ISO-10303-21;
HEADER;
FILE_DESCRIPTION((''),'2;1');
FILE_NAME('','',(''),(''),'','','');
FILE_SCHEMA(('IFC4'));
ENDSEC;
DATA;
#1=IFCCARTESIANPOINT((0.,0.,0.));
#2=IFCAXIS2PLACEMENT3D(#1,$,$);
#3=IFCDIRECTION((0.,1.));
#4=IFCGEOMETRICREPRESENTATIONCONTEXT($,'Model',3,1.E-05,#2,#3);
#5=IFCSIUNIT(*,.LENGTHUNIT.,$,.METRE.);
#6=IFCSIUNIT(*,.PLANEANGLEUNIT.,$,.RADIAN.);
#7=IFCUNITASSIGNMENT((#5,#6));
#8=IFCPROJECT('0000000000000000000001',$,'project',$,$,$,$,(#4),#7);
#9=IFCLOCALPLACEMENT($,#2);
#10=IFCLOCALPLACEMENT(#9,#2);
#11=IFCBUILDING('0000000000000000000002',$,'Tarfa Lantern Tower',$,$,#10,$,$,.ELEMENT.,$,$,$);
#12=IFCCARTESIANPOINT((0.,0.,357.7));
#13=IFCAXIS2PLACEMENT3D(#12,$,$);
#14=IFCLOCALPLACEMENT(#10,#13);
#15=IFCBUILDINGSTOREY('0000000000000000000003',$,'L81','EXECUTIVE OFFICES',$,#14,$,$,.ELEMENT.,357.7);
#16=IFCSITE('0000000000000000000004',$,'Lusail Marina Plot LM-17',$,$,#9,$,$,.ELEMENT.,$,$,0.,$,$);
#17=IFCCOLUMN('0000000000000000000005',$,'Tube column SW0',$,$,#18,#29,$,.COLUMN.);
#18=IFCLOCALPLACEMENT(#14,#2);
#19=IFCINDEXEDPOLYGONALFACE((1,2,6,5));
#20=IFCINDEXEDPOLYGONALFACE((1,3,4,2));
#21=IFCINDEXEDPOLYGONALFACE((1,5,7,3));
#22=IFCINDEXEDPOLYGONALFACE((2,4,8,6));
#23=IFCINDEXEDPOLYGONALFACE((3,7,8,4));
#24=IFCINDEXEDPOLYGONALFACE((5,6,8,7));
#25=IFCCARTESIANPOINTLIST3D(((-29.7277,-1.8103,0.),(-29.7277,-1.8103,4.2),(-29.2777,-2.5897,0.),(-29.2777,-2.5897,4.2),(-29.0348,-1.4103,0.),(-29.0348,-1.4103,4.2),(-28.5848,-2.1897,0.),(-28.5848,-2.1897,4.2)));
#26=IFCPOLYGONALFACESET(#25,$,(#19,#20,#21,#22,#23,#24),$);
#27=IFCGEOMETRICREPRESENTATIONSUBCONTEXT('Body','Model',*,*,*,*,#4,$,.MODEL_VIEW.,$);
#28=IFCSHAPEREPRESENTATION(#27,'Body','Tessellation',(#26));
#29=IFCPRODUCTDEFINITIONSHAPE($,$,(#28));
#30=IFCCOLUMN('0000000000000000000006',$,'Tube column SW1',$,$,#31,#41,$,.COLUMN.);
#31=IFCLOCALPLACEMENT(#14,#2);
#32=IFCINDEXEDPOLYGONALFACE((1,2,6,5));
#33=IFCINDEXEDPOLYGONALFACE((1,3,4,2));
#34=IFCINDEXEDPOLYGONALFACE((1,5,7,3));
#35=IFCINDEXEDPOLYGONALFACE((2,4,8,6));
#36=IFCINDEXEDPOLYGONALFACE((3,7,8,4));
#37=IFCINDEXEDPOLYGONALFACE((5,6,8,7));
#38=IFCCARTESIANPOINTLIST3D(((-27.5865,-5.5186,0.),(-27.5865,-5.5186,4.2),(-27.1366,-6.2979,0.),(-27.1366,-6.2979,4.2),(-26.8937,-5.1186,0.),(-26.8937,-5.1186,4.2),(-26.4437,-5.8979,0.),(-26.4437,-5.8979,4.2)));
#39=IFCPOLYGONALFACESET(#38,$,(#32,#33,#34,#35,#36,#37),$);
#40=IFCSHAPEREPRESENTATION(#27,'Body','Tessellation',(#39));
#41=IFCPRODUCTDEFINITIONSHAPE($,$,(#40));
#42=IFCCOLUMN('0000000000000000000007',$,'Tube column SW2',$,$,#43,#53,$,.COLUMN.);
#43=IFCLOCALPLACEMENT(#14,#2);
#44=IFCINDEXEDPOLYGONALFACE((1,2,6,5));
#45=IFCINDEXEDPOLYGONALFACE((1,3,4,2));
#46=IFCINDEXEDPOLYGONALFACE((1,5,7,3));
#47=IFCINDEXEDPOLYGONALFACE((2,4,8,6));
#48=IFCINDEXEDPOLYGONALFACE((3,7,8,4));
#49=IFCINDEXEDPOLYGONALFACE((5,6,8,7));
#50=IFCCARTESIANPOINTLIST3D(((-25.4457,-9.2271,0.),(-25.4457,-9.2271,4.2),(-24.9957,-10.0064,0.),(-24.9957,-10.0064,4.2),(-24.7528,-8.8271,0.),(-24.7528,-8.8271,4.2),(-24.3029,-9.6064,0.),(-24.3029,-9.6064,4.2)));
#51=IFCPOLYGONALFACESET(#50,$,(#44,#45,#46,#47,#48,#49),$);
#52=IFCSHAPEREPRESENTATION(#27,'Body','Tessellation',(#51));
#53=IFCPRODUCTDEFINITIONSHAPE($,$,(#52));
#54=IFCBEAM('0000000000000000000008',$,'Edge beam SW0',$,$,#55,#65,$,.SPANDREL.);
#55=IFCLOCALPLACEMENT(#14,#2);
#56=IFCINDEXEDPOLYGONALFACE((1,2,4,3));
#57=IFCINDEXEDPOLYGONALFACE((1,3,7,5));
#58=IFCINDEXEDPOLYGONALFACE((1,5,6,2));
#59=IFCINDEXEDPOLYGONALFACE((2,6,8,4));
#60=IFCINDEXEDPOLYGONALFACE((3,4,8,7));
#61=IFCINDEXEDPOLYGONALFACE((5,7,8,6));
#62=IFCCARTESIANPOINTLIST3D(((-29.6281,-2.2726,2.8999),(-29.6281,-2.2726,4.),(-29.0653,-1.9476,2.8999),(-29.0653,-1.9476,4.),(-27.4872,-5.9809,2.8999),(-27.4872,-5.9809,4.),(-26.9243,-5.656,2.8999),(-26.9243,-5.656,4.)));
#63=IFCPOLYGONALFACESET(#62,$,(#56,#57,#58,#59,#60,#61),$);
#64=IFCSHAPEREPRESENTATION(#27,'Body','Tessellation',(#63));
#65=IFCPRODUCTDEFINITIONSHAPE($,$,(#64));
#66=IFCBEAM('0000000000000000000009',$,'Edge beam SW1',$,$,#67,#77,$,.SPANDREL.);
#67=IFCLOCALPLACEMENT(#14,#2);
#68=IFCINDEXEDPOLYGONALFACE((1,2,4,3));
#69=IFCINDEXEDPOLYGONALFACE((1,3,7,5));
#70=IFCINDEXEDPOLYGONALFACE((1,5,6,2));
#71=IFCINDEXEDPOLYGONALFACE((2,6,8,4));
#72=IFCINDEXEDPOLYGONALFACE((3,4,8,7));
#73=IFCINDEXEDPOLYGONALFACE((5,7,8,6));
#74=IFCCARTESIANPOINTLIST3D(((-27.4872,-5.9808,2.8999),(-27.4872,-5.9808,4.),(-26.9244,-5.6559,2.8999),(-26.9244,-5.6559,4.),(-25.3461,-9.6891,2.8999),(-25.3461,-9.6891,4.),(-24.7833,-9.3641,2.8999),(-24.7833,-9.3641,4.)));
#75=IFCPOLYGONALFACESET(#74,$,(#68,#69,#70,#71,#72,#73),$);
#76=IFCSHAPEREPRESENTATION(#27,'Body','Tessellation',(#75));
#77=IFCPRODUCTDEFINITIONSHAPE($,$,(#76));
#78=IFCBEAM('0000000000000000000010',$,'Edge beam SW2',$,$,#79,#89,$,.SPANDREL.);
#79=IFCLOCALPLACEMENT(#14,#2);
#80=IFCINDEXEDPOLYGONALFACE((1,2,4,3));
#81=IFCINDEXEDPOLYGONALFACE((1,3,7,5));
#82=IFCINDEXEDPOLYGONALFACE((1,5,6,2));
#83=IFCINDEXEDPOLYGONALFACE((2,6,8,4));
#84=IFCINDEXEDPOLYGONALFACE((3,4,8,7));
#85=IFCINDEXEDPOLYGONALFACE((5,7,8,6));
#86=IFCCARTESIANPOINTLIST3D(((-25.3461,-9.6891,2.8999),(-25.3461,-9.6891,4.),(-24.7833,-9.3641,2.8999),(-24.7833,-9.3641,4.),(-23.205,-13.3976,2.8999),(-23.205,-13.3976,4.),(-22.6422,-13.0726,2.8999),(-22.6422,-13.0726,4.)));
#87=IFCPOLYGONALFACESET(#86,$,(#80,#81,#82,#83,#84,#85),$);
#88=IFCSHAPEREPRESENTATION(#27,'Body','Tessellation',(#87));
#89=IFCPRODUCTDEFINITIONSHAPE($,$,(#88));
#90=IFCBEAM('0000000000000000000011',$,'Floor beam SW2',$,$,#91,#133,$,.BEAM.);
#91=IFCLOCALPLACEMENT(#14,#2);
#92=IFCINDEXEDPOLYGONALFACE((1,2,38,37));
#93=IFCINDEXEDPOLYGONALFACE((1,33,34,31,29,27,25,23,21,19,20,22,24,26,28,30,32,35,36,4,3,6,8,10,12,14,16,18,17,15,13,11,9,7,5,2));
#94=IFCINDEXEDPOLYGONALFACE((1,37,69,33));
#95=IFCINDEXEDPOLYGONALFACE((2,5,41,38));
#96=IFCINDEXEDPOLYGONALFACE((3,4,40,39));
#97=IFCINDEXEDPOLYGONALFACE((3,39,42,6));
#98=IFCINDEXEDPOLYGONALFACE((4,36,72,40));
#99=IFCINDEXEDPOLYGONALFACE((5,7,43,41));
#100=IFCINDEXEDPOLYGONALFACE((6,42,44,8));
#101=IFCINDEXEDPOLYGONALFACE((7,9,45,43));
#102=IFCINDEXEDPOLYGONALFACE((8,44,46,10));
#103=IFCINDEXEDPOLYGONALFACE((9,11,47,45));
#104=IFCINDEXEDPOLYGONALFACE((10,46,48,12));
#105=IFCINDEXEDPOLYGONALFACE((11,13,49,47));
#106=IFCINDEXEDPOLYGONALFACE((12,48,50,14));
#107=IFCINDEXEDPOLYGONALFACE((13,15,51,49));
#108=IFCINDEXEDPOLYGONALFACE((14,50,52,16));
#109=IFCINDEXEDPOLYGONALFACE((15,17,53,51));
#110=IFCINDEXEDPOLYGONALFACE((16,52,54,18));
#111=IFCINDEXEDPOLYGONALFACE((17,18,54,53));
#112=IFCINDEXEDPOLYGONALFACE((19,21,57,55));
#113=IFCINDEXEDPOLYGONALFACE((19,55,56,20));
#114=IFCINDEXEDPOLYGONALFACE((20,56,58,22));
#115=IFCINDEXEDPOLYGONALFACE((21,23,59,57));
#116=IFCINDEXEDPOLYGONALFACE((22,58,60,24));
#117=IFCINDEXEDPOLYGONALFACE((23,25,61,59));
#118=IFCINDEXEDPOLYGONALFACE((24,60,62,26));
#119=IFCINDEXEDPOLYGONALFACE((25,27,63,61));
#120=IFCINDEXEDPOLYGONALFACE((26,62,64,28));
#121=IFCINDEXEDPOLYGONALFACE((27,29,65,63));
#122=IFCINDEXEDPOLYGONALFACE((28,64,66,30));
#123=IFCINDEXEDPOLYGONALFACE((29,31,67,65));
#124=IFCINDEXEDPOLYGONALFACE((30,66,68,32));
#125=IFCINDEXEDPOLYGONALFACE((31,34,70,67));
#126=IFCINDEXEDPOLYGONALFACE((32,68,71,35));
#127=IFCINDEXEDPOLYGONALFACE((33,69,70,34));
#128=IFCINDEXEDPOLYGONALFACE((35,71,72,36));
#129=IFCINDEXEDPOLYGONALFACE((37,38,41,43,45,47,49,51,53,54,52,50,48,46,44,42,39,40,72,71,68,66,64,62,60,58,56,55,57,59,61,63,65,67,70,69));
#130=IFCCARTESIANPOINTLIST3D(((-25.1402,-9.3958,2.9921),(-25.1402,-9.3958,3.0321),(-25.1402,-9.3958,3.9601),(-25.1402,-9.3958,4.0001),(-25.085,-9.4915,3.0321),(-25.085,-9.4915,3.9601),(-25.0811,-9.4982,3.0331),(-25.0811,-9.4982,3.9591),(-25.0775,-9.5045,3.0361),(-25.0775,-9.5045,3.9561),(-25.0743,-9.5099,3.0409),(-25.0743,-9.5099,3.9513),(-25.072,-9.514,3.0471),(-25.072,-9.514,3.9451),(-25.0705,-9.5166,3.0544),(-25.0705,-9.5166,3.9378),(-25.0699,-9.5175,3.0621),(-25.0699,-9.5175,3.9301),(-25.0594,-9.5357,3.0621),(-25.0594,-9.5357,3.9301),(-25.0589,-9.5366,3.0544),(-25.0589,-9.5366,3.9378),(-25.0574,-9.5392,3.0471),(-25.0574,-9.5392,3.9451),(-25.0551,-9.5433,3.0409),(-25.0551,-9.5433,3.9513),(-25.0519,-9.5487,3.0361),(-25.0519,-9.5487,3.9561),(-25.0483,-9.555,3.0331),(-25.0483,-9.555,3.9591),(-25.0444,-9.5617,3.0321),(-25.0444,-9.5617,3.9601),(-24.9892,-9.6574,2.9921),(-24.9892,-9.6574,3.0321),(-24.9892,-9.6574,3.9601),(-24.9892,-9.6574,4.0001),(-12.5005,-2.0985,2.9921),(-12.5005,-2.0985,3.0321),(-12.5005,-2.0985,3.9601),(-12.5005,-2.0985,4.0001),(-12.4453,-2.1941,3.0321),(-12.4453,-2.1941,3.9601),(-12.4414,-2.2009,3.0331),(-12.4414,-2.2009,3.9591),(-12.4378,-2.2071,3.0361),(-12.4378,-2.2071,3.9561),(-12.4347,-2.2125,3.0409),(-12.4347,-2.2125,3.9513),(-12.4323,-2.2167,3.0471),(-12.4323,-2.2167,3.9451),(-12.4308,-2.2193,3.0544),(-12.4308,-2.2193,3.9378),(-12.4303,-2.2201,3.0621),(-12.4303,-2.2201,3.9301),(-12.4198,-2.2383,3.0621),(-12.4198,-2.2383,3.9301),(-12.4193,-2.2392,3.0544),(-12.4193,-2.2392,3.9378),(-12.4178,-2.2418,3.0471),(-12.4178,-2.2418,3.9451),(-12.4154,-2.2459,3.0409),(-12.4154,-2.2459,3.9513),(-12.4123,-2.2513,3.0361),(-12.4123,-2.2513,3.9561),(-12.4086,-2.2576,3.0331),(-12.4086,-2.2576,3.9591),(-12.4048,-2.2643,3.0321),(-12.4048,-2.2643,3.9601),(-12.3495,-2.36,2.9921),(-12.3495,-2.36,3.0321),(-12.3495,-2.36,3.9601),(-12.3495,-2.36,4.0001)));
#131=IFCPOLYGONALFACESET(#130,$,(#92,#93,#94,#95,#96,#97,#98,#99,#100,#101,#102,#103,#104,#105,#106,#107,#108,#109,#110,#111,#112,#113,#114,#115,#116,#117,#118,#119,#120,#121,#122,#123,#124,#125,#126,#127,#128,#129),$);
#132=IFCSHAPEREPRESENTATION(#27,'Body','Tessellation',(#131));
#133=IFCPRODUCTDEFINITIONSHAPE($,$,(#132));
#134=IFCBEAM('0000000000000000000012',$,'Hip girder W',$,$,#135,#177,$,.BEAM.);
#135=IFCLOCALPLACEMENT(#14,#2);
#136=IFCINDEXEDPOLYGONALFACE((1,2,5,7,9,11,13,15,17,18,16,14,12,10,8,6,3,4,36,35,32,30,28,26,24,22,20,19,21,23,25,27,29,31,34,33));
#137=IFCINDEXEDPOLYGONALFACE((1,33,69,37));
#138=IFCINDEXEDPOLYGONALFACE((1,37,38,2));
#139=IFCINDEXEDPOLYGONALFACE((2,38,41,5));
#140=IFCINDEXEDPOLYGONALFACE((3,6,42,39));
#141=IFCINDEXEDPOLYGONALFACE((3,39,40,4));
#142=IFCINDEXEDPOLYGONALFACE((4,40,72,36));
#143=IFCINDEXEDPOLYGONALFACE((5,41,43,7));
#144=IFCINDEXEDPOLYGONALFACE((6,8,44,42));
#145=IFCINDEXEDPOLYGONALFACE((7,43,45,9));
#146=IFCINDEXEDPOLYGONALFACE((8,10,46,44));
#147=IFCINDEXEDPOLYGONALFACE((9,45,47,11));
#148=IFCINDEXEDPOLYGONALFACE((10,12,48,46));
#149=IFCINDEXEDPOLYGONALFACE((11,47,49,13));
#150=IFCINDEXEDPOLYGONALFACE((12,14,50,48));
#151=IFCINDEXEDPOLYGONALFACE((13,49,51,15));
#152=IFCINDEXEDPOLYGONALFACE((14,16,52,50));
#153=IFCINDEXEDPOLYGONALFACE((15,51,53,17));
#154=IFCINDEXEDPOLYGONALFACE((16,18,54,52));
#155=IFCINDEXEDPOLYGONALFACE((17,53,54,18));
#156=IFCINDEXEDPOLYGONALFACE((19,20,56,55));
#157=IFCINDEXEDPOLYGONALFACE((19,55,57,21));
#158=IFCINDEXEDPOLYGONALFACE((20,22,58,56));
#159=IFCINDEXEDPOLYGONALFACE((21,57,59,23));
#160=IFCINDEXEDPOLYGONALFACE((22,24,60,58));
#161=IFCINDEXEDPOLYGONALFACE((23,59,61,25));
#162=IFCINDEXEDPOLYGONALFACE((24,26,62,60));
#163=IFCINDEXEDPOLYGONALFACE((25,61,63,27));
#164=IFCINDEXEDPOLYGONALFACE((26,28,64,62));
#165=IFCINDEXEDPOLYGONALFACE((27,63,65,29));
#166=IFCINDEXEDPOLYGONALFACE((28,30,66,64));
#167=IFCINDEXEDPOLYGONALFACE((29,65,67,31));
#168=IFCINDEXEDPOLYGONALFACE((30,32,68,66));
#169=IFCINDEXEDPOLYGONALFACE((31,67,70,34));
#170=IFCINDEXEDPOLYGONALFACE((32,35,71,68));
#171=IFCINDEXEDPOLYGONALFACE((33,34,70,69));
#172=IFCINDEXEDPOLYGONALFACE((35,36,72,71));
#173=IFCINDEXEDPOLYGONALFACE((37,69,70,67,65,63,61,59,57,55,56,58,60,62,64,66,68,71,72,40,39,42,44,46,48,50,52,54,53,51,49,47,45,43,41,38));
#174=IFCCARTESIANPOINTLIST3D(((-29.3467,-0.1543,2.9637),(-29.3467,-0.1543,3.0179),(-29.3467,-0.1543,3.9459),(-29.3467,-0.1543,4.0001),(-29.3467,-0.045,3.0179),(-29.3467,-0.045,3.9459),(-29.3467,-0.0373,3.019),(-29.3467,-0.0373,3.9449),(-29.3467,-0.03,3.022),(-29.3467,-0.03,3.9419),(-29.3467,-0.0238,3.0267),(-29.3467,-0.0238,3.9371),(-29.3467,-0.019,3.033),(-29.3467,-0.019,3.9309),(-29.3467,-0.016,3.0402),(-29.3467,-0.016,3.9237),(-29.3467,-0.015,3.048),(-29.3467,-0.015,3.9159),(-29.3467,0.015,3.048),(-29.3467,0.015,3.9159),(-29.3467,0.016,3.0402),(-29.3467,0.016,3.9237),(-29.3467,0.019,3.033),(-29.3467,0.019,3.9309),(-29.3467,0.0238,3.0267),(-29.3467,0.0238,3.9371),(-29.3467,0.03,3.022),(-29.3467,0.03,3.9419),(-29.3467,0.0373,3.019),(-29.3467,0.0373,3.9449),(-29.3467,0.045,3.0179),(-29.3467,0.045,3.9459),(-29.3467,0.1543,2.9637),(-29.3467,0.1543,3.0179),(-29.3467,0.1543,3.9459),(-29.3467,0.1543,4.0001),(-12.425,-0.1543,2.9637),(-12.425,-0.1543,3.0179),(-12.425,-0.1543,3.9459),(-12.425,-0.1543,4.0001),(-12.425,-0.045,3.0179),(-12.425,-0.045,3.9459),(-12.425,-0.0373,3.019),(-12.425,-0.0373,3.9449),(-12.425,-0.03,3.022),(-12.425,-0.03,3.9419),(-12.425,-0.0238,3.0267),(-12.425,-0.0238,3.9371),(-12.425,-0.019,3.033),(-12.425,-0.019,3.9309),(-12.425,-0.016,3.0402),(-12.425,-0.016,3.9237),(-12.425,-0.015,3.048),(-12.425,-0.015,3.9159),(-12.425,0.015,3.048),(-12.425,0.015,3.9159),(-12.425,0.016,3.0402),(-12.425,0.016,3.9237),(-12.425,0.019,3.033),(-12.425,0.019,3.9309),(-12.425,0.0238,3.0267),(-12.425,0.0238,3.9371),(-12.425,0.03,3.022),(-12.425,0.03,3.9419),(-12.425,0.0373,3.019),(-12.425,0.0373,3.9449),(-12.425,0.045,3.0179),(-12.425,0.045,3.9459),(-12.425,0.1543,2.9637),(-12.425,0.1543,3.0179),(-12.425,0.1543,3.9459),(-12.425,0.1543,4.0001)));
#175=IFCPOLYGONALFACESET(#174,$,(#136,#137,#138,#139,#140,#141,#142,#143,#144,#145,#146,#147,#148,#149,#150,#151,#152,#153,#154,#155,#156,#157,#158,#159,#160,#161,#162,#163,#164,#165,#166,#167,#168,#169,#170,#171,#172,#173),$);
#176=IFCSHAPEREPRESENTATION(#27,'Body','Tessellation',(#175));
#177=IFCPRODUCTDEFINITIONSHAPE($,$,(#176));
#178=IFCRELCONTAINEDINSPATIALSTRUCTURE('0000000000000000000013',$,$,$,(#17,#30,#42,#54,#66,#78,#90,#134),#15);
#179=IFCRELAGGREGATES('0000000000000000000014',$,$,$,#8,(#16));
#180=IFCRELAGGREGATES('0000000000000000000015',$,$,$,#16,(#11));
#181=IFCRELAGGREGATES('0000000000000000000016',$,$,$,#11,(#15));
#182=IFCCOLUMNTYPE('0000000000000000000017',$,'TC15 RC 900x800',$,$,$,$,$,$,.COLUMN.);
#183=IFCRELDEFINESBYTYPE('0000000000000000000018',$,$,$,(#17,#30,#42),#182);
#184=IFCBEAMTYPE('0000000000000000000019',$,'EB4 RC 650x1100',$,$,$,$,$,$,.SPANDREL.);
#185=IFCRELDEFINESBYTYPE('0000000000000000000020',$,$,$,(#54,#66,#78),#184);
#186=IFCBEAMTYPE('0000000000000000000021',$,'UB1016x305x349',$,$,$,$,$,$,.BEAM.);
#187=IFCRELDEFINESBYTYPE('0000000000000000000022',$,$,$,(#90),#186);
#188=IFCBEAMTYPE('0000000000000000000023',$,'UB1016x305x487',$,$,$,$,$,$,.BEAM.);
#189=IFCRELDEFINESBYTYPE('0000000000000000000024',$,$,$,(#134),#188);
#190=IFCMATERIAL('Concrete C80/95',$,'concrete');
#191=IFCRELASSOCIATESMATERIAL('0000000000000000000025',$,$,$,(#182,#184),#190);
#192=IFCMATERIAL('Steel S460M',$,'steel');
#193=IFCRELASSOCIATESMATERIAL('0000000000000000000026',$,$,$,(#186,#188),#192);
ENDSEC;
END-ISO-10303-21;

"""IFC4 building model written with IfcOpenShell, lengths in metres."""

from ifc_helpers import new_model, si_unit, direction, frame, origin, origin_2d, place, context, subcontext, project, spatial, rectangle, i_section, extrude, material, material_profile, profile_set, type_object, element, save


model = new_model("IFC4")

# Units and contexts
model_context = context("Model", 3, precision=1e-05, world=origin(), true_north=direction((0.0, 1.0)))
body_context = subcontext(model_context, "Body", "Model", "MODEL_VIEW")
ifc_project = project(units=[si_unit("LENGTHUNIT", "METRE"), si_unit("PLANEANGLEUNIT", "RADIAN")], contexts=[model_context])

# Site, building, storey
site_placement = place(None, origin())
site = spatial("IfcSite", under=ifc_project, at=site_placement, Name="Lusail Marina Plot LM-17", CompositionType="ELEMENT", RefElevation=0.0)
building_placement = place(site_placement, origin())
building = spatial("IfcBuilding", under=site, at=building_placement, Name="Tarfa Lantern Tower", CompositionType="ELEMENT")
storey_placement = place(building_placement, frame((0.0, 0.0, 357.7)))
storey = spatial("IfcBuildingStorey", under=building, at=storey_placement, Name="L81", Description="EXECUTIVE OFFICES", CompositionType="ELEMENT", Elevation=357.7)

# Columns
ifc_material_1 = material(Name="Concrete C80/95", Category="concrete")
ifc_material_profile_1 = material_profile(ifc_material_1, rectangle(XDim=0.8999, YDim=0.8, at=origin_2d()), Name="RC 900x800")
ifc_profile_set_1 = profile_set([ifc_material_profile_1], Name="Concrete C80/95")
column_type = type_object("IfcColumnType", Name="TC15 RC 900x800", PredefinedType="COLUMN", material=ifc_profile_set_1)
for number, where, z_axis, x_axis, name in (
    (1, (-29.1562, -2.0, 0.0), (0.0, 0.0, 1.0), (0.5, -0.866025, 0.0), "Tube column SW0"),
    (2, (-27.0151, -5.7083, 0.0), (0.0, 0.0, 1.0), (0.5, -0.866025, 0.0), "Tube column SW1"),
    (3, (-24.8743, -9.4167, 0.0), (0.0, 0.0, 1.0), (0.5, -0.866025, 0.0), "Tube column SW2"),
):
    element("IfcColumn", number, at=place(storey_placement, frame(where, z_axis=z_axis, x_axis=x_axis)), inside=storey, type_object=column_type, Name=name, PredefinedType="COLUMN", context=body_context, shape_type="SweptSolid", body=[
        extrude(rectangle(XDim=0.8999, YDim=0.8, at=origin_2d()), origin(), (0.0, 0.0, 1.0), 4.2),
    ])

# Beams
ifc_material_profile_2 = material_profile(ifc_material_1, rectangle(XDim=0.6499, YDim=1.1001, at=origin_2d()), Name="RC 650x1100")
ifc_profile_set_2 = profile_set([ifc_material_profile_2], Name="Concrete C80/95")
beam_type_1 = type_object("IfcBeamType", Name="EB4 RC 650x1100", PredefinedType="SPANDREL", material=ifc_profile_set_2)
for number, where, z_axis, x_axis, name in (
    (4, (-29.3467, -2.1101, 3.45), (0.499984, -0.866035, 0.0), (0.866035, 0.499984, 0.0), "Edge beam SW0"),
    (5, (-27.2058, -5.8184, 3.45), (0.500027, -0.86601, 0.0), (0.86601, 0.500027, 0.0), "Edge beam SW1"),
):
    element("IfcBeam", number, at=place(storey_placement, frame(where, z_axis=z_axis, x_axis=x_axis)), inside=storey, type_object=beam_type_1, Name=name, PredefinedType="SPANDREL", context=body_context, shape_type="SweptSolid", body=[
        extrude(rectangle(XDim=0.6499, YDim=1.1001, at=origin_2d()), origin(), (0.0, 0.0, 1.0), 4.282),
    ])
beam_1_placement = place(storey_placement, frame((-25.0647, -9.5266, 3.45), z_axis=(0.500002, -0.866024, 0.0), x_axis=(0.866024, 0.500002, 0.0)))
element("IfcBeam", 6, at=beam_1_placement, inside=storey, type_object=beam_type_1, Name="Edge beam SW2", PredefinedType="SPANDREL", context=body_context, shape_type="SweptSolid", body=[
    extrude(rectangle(XDim=0.6499, YDim=1.1001, at=origin_2d()), origin(), (0.0, 0.0, 1.0), 4.2822),
])
ifc_material_2 = material(Name="Steel S460M", Category="steel")
ifc_material_profile_3 = material_profile(ifc_material_2, i_section(OverallWidth=0.302, OverallDepth=1.0081, WebThickness=0.021, FlangeThickness=0.04, FilletRadius=0.03, at=origin_2d()), Name="UB1016x305x349")
ifc_profile_set_3 = profile_set([ifc_material_profile_3], Name="Steel S460M")
beam_type_2 = type_object("IfcBeamType", Name="UB1016x305x349", PredefinedType="BEAM", material=ifc_profile_set_3)
beam_2_placement = place(storey_placement, frame((-25.0647, -9.5266, 3.4961), z_axis=(0.86603, 0.499993, 0.0), x_axis=(-0.499993, 0.86603, 0.0)))
element("IfcBeam", 7, at=beam_2_placement, inside=storey, type_object=beam_type_2, Name="Floor beam SW2", PredefinedType="BEAM", context=body_context, shape_type="SweptSolid", body=[
    extrude(i_section(OverallWidth=0.302, OverallDepth=1.0081, WebThickness=0.021, FlangeThickness=0.04, FilletRadius=0.03, at=origin_2d()), origin(), (0.0, 0.0, 1.0), 14.595),
])
ifc_material_profile_4 = material_profile(ifc_material_2, i_section(OverallWidth=0.3086, OverallDepth=1.0364, WebThickness=0.03, FlangeThickness=0.0542, FilletRadius=0.03, at=origin_2d()), Name="UB1016x305x487")
ifc_profile_set_4 = profile_set([ifc_material_profile_4], Name="Steel S460M")
beam_type_3 = type_object("IfcBeamType", Name="UB1016x305x487", PredefinedType="BEAM", material=ifc_profile_set_4)
beam_3_placement = place(storey_placement, frame((-12.425, 0.0, 3.4819), z_axis=(-1.0, 0.0, 0.0), x_axis=(0.0, -1.0, 0.0)))
element("IfcBeam", 8, at=beam_3_placement, inside=storey, type_object=beam_type_3, Name="Hip girder W", PredefinedType="BEAM", context=body_context, shape_type="SweptSolid", body=[
    extrude(i_section(OverallWidth=0.3086, OverallDepth=1.0364, WebThickness=0.03, FlangeThickness=0.0542, FilletRadius=0.03, at=origin_2d()), origin(), (0.0, 0.0, 1.0), 16.9216),
])

save(model, "model.ifc")
